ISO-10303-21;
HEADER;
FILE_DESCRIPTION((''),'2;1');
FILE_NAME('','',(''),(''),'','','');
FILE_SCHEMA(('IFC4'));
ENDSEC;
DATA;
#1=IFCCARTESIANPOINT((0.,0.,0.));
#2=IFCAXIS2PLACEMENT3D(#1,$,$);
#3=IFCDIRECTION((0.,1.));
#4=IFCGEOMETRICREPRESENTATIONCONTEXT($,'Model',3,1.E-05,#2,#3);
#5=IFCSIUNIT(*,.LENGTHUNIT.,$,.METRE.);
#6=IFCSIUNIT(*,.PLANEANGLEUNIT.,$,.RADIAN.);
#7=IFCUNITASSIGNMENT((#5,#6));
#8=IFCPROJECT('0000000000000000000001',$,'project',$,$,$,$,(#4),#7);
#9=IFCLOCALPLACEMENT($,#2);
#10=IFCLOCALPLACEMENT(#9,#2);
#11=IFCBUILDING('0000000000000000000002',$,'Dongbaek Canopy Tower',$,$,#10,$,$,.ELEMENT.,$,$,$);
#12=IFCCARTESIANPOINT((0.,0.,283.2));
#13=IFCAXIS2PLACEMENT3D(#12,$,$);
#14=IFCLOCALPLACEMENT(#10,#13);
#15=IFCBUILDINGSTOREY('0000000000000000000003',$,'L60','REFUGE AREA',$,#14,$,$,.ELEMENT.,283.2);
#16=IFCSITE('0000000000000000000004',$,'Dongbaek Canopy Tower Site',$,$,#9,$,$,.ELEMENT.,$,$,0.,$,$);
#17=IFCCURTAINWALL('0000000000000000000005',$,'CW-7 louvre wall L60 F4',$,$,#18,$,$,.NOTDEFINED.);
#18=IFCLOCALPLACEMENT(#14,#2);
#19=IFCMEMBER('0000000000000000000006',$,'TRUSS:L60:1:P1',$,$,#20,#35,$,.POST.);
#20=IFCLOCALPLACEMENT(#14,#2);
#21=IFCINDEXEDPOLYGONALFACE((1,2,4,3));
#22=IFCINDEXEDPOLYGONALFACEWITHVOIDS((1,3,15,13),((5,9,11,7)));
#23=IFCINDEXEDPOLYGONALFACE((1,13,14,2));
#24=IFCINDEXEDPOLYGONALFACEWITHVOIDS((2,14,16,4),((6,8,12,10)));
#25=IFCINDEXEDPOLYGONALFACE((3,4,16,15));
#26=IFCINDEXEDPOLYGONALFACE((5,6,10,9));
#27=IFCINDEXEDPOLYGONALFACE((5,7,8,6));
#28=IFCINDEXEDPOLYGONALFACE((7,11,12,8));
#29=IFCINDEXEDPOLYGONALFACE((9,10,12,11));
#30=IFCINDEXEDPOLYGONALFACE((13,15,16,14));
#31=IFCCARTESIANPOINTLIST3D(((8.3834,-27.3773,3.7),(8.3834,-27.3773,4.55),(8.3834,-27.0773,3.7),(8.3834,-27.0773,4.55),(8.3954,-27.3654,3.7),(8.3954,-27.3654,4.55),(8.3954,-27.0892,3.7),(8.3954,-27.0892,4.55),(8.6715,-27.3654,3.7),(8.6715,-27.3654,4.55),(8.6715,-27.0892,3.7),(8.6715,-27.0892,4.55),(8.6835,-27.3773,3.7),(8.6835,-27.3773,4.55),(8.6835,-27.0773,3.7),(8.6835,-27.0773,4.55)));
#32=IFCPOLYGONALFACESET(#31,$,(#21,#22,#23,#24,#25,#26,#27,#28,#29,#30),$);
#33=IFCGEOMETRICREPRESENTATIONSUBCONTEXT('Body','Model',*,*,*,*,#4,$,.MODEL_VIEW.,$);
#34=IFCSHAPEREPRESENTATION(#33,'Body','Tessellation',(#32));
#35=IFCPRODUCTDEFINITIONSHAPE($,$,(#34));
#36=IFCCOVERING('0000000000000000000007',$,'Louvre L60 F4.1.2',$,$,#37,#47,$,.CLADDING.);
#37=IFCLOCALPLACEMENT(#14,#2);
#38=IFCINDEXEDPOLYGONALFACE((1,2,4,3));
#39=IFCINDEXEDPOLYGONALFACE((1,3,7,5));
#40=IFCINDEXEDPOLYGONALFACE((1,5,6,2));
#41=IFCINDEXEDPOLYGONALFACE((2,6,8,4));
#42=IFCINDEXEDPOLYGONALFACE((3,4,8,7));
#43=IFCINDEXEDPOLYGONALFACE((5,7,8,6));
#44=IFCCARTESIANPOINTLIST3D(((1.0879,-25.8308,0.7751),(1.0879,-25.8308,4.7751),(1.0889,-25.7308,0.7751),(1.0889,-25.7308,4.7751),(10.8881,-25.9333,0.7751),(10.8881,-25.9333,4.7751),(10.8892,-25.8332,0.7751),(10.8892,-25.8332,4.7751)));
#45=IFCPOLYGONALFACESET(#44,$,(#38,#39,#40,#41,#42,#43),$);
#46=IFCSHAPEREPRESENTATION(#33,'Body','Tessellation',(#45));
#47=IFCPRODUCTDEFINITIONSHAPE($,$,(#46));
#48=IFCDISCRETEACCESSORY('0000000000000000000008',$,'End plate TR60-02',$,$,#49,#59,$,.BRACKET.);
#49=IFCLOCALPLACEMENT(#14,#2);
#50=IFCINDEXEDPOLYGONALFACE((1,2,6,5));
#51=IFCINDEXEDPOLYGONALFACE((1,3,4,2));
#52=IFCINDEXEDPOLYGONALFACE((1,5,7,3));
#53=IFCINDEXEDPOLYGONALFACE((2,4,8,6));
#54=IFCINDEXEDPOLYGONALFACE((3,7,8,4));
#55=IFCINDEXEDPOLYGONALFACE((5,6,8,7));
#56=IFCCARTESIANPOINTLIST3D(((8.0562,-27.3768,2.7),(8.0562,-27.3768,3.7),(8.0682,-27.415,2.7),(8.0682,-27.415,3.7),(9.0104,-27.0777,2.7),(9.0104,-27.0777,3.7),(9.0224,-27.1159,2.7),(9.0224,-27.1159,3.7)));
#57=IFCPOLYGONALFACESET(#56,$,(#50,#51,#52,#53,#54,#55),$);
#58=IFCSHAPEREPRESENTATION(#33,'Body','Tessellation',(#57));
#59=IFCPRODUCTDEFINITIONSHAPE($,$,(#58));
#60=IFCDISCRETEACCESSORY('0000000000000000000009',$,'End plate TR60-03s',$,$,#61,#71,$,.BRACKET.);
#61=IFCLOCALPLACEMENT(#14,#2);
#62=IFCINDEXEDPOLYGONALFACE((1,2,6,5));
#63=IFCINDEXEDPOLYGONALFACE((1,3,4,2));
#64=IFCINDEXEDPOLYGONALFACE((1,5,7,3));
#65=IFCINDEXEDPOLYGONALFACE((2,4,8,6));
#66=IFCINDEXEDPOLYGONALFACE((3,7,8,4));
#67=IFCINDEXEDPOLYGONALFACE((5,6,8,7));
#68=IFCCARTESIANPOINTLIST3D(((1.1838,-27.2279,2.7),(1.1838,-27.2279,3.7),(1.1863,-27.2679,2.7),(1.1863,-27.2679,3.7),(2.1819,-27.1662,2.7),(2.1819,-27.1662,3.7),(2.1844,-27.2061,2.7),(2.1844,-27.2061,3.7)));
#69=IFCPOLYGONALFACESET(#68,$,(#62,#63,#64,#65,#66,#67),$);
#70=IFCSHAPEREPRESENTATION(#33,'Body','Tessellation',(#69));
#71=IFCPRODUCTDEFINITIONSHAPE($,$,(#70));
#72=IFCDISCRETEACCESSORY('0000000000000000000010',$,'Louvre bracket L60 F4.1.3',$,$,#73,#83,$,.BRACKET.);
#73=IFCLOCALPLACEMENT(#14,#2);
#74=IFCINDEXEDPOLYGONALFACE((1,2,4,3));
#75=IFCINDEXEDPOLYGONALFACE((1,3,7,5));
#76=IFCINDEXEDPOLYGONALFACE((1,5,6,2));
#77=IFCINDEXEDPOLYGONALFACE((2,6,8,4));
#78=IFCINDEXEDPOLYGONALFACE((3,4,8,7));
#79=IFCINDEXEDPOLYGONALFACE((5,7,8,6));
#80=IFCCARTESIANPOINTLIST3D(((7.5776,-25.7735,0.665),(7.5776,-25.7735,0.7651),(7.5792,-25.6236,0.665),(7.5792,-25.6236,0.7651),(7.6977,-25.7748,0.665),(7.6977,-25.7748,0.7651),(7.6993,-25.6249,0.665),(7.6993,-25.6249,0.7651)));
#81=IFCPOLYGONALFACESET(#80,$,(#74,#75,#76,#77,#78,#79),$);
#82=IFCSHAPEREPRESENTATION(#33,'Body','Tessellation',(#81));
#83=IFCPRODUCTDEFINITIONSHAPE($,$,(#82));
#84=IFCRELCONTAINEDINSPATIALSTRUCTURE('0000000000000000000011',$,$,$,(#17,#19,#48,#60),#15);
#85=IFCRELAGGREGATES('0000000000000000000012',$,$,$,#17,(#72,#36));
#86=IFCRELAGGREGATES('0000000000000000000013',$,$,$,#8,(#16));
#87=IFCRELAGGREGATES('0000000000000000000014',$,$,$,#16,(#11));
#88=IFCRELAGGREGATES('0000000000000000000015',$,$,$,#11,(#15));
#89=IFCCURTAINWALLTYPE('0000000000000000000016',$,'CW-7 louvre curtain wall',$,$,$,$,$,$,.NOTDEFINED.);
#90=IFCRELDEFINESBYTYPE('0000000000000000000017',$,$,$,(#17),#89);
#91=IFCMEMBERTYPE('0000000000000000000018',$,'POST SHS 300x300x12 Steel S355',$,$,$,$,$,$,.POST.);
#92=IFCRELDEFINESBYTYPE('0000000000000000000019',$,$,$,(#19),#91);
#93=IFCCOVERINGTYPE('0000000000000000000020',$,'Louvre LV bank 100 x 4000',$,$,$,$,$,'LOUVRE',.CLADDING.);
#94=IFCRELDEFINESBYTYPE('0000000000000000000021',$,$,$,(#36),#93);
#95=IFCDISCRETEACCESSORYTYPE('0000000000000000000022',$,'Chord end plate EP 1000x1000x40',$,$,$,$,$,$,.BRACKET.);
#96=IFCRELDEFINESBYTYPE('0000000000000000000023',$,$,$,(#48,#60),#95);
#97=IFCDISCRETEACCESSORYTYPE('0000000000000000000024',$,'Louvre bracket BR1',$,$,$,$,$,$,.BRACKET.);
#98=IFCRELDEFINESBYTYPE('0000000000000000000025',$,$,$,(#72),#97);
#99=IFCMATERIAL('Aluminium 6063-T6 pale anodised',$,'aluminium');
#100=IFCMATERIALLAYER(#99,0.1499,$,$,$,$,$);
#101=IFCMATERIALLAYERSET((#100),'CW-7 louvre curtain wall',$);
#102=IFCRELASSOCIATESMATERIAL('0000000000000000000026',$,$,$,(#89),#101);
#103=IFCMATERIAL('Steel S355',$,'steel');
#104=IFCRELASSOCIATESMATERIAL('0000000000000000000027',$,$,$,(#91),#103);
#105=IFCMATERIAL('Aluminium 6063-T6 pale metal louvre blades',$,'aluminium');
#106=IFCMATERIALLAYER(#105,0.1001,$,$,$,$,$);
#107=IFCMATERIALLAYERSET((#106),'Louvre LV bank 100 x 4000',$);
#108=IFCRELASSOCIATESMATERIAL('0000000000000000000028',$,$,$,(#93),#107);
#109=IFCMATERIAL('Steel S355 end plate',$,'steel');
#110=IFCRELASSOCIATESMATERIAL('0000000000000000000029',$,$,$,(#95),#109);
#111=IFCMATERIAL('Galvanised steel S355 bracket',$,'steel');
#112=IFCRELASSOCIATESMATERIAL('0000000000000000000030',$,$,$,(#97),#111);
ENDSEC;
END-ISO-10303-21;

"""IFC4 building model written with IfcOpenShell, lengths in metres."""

from ifc_helpers import new_model, si_unit, direction, frame, origin, origin_2d, place, context, subcontext, project, spatial, rectangle, hollow_rectangle, extrude, material, layer, layer_set, material_profile, profile_set, type_object, element, aggregate, save


model = new_model("IFC4")

# Units and contexts
model_context = context("Model", 3, precision=1e-05, world=origin(), true_north=direction((0.0, 1.0)))
body_context = subcontext(model_context, "Body", "Model", "MODEL_VIEW")
ifc_project = project(units=[si_unit("LENGTHUNIT", "METRE"), si_unit("PLANEANGLEUNIT", "RADIAN")], contexts=[model_context])

# Site, building, storey
site_placement = place(None, origin())
site = spatial("IfcSite", under=ifc_project, at=site_placement, Name="Dongbaek Canopy Tower Site", CompositionType="ELEMENT", RefElevation=0.0)
building_placement = place(site_placement, origin())
building = spatial("IfcBuilding", under=site, at=building_placement, Name="Dongbaek Canopy Tower", CompositionType="ELEMENT")
storey_placement = place(building_placement, frame((0.0, 0.0, 283.2)))
storey = spatial("IfcBuildingStorey", under=building, at=storey_placement, Name="L60", Description="REFUGE AREA", CompositionType="ELEMENT", Elevation=283.2)

# Curtain wall
ifc_material_1 = material(Name="Aluminium 6063-T6 pale anodised", Category="aluminium")
ifc_layer_1 = layer(ifc_material_1, 0.1499)
ifc_layer_set_1 = layer_set([ifc_layer_1], Name="CW-7 louvre curtain wall")
curtain_wall_type = type_object("IfcCurtainWallType", Name="CW-7 louvre curtain wall", PredefinedType="NOTDEFINED", material=ifc_layer_set_1)
curtain_wall_1_placement = place(storey_placement, origin())
curtain_wall_1 = element("IfcCurtainWall", 1, at=curtain_wall_1_placement, inside=storey, type_object=curtain_wall_type, Name="CW-7 louvre wall L60 F4", PredefinedType="NOTDEFINED")

# Member
ifc_material_2 = material(Name="Steel S355", Category="steel")
ifc_material_profile_1 = material_profile(ifc_material_2, hollow_rectangle(XDim=0.3, YDim=0.3, WallThickness=0.012, at=origin_2d()), Name="POST SHS 300x300x12 Steel S355")
ifc_profile_set_1 = profile_set([ifc_material_profile_1], Name="Steel S355")
member_type_1 = type_object("IfcMemberType", Name="POST SHS 300x300x12 Steel S355", PredefinedType="POST", material=ifc_profile_set_1)
member_1_placement = place(storey_placement, frame((8.5334, -27.2273, 3.7), z_axis=(0.0, 0.0, 1.0), x_axis=(1.0, 0.0, 0.0)))
element("IfcMember", 2, at=member_1_placement, inside=storey, type_object=member_type_1, Name="TRUSS:L60:1:P1", PredefinedType="POST", context=body_context, shape_type="SweptSolid", body=[
    extrude(hollow_rectangle(XDim=0.3, YDim=0.3, WallThickness=0.012, at=origin_2d()), origin(), (0.0, 0.0, 1.0), 0.8501),
])

# Covering
ifc_material_3 = material(Name="Aluminium 6063-T6 pale metal louvre blades", Category="aluminium")
ifc_layer_2 = layer(ifc_material_3, 0.1001)
ifc_layer_set_2 = layer_set([ifc_layer_2], Name="Louvre LV bank 100 x 4000")
covering_type = type_object("IfcCoveringType", Name="Louvre LV bank 100 x 4000", ElementType="LOUVRE", PredefinedType="CLADDING", material=ifc_layer_set_2)
covering_placement = place(storey_placement, frame((5.9885, -25.832, 0.7751), z_axis=(0.0, 0.0, 1.0), x_axis=(0.999945, -0.010455, 0.0)))
covering = element("IfcCovering", 3, at=covering_placement, type_object=covering_type, Name="Louvre L60 F4.1.2", PredefinedType="CLADDING", context=body_context, shape_type="SweptSolid", body=[
    extrude(rectangle(XDim=9.8008, YDim=0.1001, at=origin_2d()), origin(), (0.0, 0.0, 1.0), 4.0),
])

# Discrete accessories
ifc_material_4 = material(Name="Steel S355 end plate", Category="steel")
discrete_accessory_type_1 = type_object("IfcDiscreteAccessoryType", Name="Chord end plate EP 1000x1000x40", PredefinedType="BRACKET", material=ifc_material_4)
for number, where, z_axis, x_axis, name in (
    (4, (8.5393, -27.2463, 2.7), (0.0, 0.0, 1.0), (-0.299071, 0.954231, 0.0), "End plate TR60-02"),
    (5, (1.6841, -27.217, 2.7), (0.0, 0.0, 1.0), (-0.061765, 0.998091, 0.0), "End plate TR60-03s"),
):
    element("IfcDiscreteAccessory", number, at=place(storey_placement, frame(where, z_axis=z_axis, x_axis=x_axis)), inside=storey, type_object=discrete_accessory_type_1, Name=name, PredefinedType="BRACKET", context=body_context, shape_type="SweptSolid", body=[
        extrude(rectangle(XDim=0.04, YDim=1.0, at=origin_2d()), origin(), (0.0, 0.0, 1.0), 1.0),
    ])

# Discrete accessory
ifc_material_5 = material(Name="Galvanised steel S355 bracket", Category="steel")
discrete_accessory_type_2 = type_object("IfcDiscreteAccessoryType", Name="Louvre bracket BR1", PredefinedType="BRACKET", material=ifc_material_5)
discrete_accessory_placement = place(storey_placement, frame((7.6384, -25.6992, 0.665), z_axis=(0.0, 0.0, 1.0), x_axis=(0.999945, -0.010455, 0.0)))
discrete_accessory = element("IfcDiscreteAccessory", 6, at=discrete_accessory_placement, type_object=discrete_accessory_type_2, Name="Louvre bracket L60 F4.1.3", PredefinedType="BRACKET", context=body_context, shape_type="SweptSolid", body=[
    extrude(rectangle(XDim=0.1201, YDim=0.1499, at=origin_2d()), origin(), (0.0, 0.0, 1.0), 0.1001),
])
aggregate(curtain_wall_1, [discrete_accessory, covering])

save(model, "model.ifc")
